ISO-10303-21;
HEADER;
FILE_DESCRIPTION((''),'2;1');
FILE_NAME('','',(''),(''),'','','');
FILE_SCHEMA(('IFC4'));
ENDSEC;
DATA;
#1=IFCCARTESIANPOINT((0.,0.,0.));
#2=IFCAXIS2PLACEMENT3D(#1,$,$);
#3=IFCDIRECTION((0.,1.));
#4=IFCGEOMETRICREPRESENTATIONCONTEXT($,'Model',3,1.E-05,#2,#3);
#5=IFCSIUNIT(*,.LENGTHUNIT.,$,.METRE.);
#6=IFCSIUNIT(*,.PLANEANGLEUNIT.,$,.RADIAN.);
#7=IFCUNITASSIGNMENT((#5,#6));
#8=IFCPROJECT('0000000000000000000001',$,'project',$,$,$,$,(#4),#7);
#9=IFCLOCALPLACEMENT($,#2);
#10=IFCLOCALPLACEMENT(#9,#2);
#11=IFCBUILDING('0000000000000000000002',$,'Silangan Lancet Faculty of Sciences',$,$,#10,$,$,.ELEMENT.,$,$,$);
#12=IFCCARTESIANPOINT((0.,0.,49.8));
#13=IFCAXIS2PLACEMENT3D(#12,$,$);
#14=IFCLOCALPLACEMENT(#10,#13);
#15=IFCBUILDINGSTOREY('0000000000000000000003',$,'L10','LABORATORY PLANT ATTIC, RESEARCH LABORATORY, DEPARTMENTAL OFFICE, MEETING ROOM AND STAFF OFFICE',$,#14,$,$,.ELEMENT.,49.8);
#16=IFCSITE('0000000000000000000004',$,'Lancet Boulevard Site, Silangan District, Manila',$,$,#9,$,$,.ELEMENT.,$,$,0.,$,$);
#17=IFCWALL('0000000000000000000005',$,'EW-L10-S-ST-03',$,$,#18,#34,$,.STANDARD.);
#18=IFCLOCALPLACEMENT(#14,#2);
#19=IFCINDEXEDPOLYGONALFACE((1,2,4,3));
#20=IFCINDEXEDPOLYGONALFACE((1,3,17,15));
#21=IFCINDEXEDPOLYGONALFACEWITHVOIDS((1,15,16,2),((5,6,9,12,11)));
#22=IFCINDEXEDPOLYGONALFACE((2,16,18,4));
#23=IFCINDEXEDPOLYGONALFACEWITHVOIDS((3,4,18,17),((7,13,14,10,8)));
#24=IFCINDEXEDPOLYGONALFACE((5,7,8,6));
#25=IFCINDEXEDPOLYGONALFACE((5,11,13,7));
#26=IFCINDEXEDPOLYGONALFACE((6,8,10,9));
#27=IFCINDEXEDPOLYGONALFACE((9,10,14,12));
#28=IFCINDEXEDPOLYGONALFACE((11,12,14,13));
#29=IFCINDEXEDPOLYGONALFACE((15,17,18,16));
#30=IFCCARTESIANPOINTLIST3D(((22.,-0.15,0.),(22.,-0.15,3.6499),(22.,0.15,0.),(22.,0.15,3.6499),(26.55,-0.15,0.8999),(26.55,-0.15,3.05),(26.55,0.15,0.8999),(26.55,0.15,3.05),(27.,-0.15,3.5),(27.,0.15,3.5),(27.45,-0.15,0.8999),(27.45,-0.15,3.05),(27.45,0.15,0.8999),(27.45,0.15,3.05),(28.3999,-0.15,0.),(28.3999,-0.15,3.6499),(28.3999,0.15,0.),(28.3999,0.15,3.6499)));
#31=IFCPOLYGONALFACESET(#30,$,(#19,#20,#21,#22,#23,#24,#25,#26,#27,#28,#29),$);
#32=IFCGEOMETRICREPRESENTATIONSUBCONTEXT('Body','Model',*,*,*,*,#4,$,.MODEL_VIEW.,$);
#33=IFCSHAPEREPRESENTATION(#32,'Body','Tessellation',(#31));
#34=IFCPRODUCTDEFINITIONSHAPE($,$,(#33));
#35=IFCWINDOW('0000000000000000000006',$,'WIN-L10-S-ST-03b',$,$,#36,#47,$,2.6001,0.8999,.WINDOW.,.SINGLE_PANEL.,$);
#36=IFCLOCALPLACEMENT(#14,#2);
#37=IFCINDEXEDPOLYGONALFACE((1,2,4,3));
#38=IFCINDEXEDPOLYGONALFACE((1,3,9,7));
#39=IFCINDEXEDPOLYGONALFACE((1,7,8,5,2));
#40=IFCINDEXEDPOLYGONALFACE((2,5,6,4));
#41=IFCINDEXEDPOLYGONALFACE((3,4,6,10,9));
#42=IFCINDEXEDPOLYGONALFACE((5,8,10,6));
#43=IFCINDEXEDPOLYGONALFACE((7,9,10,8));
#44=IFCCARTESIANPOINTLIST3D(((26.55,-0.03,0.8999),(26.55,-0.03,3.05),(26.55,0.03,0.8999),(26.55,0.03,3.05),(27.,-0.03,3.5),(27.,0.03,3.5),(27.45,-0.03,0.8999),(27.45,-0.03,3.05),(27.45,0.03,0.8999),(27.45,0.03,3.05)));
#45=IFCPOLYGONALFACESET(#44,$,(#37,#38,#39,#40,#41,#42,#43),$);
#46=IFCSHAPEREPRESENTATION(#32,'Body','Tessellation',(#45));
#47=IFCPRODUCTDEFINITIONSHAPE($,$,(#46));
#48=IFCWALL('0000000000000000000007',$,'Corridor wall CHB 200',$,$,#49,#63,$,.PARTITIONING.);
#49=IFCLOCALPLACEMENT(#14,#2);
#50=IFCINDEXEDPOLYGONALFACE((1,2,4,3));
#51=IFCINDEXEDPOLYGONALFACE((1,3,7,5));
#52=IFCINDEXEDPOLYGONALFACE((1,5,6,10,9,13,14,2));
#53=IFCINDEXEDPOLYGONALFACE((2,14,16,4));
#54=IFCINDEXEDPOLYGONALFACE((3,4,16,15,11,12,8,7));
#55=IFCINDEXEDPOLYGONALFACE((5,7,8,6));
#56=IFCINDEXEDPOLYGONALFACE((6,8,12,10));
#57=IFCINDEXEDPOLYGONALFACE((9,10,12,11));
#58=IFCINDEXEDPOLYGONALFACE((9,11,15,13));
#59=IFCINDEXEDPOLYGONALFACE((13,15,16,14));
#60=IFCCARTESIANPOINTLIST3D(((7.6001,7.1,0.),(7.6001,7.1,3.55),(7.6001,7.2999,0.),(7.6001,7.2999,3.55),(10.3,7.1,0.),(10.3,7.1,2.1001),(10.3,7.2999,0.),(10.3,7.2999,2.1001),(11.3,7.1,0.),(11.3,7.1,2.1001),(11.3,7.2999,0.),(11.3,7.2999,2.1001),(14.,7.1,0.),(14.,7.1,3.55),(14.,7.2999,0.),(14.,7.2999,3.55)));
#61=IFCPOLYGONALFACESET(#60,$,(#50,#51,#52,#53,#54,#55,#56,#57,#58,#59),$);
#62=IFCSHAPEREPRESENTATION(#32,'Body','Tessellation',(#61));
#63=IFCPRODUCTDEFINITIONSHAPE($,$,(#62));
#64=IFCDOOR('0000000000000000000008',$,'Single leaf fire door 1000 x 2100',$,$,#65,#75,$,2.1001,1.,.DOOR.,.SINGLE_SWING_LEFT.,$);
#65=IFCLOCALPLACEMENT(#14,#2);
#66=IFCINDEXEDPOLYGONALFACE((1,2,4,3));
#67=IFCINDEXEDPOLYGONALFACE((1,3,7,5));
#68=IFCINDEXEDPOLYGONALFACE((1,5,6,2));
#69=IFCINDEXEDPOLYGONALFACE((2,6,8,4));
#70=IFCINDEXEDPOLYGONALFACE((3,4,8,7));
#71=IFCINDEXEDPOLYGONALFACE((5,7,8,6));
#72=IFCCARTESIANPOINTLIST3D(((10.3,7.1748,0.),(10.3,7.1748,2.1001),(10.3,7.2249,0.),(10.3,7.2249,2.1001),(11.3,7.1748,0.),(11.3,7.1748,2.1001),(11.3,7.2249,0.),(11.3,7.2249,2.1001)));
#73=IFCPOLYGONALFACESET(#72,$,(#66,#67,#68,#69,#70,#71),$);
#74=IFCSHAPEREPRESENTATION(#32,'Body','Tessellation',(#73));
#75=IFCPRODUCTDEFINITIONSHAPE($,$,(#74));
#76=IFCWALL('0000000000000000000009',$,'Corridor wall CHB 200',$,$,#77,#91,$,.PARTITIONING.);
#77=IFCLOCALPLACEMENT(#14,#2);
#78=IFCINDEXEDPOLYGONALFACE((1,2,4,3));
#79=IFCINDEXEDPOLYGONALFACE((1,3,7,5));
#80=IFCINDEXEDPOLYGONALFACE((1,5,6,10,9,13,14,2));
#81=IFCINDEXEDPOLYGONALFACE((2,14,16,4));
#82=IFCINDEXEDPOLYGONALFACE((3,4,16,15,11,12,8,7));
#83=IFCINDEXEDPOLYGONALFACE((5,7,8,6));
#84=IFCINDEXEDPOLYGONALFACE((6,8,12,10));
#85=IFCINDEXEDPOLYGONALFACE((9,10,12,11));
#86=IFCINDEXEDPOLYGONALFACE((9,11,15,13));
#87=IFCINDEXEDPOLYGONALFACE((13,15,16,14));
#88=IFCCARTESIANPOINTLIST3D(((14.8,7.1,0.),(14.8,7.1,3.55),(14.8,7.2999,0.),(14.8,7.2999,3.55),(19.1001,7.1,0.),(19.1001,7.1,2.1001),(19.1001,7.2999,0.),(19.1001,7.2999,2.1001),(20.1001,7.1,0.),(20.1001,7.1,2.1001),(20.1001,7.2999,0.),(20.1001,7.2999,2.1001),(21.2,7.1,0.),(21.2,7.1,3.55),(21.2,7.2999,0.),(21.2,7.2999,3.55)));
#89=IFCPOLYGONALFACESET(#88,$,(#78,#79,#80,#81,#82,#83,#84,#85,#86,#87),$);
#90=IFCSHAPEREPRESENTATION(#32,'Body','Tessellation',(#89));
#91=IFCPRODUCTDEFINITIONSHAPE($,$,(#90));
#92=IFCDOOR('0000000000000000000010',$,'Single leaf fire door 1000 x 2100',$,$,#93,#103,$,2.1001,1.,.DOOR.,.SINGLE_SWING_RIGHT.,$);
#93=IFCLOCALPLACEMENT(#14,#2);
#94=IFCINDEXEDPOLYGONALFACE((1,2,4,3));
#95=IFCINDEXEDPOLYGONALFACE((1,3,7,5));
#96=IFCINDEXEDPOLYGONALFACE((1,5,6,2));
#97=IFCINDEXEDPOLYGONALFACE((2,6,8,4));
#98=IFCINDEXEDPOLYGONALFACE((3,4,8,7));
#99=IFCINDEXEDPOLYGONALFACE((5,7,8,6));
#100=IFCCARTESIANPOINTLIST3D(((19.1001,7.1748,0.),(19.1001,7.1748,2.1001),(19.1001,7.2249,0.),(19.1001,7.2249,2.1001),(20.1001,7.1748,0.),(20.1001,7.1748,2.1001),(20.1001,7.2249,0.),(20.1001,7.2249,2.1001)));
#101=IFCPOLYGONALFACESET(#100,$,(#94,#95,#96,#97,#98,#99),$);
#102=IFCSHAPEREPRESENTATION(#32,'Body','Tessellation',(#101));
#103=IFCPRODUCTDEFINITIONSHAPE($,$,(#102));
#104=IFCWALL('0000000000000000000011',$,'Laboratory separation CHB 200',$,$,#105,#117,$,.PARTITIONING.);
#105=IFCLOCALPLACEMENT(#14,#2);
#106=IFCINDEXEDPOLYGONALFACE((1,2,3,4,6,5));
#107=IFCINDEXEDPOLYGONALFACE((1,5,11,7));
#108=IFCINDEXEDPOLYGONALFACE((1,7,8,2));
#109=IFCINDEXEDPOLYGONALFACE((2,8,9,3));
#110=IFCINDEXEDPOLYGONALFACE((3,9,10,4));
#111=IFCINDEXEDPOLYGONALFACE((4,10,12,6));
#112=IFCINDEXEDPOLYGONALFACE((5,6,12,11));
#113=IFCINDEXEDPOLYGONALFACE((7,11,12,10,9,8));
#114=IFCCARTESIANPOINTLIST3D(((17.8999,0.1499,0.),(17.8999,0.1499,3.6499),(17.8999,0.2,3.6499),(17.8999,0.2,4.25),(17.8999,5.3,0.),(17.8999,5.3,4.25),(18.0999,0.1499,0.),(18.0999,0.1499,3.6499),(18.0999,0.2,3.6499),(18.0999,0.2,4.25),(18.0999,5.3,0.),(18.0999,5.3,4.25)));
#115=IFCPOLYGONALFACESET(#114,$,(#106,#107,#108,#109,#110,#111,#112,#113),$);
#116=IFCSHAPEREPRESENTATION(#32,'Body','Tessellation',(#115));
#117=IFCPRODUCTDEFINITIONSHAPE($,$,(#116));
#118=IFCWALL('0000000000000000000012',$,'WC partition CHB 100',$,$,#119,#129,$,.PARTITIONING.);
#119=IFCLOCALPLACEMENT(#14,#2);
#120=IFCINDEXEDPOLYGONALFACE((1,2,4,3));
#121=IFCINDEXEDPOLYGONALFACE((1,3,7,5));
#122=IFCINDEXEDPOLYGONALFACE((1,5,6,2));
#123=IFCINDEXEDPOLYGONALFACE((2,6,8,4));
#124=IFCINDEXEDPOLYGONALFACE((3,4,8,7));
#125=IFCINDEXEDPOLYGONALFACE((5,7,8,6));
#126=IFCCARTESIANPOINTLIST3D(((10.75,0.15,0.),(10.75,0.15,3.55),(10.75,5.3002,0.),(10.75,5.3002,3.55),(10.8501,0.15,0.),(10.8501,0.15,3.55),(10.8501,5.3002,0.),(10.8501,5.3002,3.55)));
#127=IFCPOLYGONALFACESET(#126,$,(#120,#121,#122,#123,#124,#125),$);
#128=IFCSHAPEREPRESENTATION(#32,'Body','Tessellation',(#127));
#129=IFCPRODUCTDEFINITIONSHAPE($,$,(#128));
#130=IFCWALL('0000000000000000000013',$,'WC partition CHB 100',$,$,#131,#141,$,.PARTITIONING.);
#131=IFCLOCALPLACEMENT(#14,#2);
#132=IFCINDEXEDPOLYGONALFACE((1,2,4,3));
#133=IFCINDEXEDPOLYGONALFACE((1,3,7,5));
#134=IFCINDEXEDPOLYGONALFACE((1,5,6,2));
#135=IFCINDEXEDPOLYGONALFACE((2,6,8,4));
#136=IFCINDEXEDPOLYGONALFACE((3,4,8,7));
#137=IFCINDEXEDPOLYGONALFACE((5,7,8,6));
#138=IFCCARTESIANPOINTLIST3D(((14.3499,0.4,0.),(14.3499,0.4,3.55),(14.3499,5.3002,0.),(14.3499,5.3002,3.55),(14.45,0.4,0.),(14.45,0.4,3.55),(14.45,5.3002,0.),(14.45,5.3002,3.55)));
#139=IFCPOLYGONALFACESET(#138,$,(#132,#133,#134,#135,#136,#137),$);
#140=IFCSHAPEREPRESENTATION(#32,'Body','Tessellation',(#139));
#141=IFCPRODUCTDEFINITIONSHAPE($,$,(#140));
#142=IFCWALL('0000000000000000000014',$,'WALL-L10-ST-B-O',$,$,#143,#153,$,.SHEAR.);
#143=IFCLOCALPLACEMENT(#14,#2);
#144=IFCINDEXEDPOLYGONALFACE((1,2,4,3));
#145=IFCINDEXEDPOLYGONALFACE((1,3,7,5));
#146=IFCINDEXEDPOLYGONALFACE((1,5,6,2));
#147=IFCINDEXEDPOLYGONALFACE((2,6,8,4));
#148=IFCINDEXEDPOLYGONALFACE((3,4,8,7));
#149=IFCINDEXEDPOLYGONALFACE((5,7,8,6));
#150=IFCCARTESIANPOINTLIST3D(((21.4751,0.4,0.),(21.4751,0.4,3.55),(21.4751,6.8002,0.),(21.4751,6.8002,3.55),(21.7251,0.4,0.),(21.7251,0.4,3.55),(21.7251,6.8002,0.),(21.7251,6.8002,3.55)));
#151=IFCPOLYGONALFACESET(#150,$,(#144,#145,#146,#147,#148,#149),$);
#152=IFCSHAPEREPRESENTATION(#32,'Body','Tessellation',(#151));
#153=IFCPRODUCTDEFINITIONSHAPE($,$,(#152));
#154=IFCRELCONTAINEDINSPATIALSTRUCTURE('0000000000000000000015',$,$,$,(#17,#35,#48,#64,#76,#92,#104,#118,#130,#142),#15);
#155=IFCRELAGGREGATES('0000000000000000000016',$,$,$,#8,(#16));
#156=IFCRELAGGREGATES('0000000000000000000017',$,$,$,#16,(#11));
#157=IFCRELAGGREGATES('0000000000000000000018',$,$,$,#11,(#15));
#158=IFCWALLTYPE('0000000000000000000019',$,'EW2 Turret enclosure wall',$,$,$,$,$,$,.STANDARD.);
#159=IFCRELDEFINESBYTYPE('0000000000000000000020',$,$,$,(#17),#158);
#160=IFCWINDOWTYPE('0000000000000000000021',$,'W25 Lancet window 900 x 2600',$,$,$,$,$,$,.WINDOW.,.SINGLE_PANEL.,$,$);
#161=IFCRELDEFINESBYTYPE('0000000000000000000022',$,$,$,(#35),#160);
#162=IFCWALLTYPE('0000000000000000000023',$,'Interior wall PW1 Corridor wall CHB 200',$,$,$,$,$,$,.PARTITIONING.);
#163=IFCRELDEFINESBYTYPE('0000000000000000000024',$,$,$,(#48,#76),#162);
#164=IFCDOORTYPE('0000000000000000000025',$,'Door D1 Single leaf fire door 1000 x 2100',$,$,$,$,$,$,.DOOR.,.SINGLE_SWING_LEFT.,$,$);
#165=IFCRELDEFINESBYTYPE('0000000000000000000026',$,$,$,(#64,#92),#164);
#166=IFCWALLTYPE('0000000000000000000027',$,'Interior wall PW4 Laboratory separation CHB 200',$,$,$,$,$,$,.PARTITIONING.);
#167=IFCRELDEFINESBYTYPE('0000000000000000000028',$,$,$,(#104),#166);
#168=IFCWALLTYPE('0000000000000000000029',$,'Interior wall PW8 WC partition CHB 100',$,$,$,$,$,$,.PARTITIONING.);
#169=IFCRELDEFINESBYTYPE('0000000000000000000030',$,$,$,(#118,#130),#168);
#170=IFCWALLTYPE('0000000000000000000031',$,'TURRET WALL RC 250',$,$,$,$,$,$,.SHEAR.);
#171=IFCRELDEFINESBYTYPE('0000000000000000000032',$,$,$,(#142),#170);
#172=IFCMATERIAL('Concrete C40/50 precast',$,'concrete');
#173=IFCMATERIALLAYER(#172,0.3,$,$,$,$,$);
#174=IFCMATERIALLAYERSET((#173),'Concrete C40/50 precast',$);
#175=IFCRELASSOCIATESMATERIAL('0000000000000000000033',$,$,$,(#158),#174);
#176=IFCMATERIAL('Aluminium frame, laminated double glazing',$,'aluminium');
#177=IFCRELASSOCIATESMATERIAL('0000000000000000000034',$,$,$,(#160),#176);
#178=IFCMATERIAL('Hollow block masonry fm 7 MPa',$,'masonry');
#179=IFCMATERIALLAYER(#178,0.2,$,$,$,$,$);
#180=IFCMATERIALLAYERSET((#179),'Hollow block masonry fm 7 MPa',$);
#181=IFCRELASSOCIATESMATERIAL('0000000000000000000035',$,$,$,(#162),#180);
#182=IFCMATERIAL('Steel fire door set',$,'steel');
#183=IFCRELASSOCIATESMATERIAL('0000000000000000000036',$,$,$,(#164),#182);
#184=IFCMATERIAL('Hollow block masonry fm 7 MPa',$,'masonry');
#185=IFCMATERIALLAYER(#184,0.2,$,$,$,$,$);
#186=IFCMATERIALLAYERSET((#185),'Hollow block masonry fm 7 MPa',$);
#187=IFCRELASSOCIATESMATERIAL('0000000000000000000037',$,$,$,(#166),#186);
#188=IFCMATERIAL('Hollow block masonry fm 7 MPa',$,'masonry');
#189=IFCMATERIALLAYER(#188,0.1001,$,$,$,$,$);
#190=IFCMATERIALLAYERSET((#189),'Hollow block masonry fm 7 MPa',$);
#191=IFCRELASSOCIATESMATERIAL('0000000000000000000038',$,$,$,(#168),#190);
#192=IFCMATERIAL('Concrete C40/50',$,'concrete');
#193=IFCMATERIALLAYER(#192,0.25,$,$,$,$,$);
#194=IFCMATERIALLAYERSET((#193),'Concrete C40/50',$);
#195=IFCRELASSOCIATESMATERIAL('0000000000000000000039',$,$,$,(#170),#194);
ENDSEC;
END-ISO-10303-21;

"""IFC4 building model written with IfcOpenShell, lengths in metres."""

from ifc_helpers import new_model, si_unit, direction, frame, frame_2d, origin, place, context, subcontext, project, spatial, polyline, rectangle, outline, extrude, material, layer, layer_set, type_object, element, fill, save


model = new_model("IFC4")

# Units and contexts
model_context = context("Model", 3, precision=1e-05, world=origin(), true_north=direction((0.0, 1.0)))
body_context = subcontext(model_context, "Body", "Model", "MODEL_VIEW")
ifc_project = project(units=[si_unit("LENGTHUNIT", "METRE"), si_unit("PLANEANGLEUNIT", "RADIAN")], contexts=[model_context])

# Site, building, storey
site_placement = place(None, origin())
site = spatial("IfcSite", under=ifc_project, at=site_placement, Name="Lancet Boulevard Site, Silangan District, Manila", CompositionType="ELEMENT", RefElevation=0.0)
building_placement = place(site_placement, origin())
building = spatial("IfcBuilding", under=site, at=building_placement, Name="Silangan Lancet Faculty of Sciences", CompositionType="ELEMENT")
storey_placement = place(building_placement, frame((0.0, 0.0, 49.8)))
storey = spatial("IfcBuildingStorey", under=building, at=storey_placement, Name="L10", Description="LABORATORY PLANT ATTIC, RESEARCH LABORATORY, DEPARTMENTAL OFFICE, MEETING ROOM AND STAFF OFFICE", CompositionType="ELEMENT", Elevation=49.8)

# Wall, opening, window
ifc_material_1 = material(Name="Concrete C40/50 precast", Category="concrete")
ifc_layer_1 = layer(ifc_material_1, 0.3)
ifc_layer_set_1 = layer_set([ifc_layer_1], Name="Concrete C40/50 precast")
wall_type_1 = type_object("IfcWallType", Name="EW2 Turret enclosure wall", PredefinedType="STANDARD", material=ifc_layer_set_1)
wall_1_placement = place(storey_placement, frame((22.0, 0.0, 0.0), z_axis=(0.0, 0.0, 1.0), x_axis=(1.0, 0.0, 0.0)))
wall_1 = element("IfcWall", 1, at=wall_1_placement, inside=storey, type_object=wall_type_1, Name="EW-L10-S-ST-03", PredefinedType="STANDARD", context=body_context, shape_type="SweptSolid", body=[
    extrude(rectangle(XDim=6.3999, YDim=0.3, at=frame_2d((3.2, 0.0))), origin(), (0.0, 0.0, 1.0), 3.6499),
])
opening_1_placement = place(wall_1_placement, frame((4.55, 0.0, 0.8999)))
opening_1 = element("IfcOpeningElement", 2, at=opening_1_placement, cuts=wall_1, PredefinedType="OPENING", context=body_context, shape_type="SweptSolid", body=[
    extrude(outline(polyline([(0.0, 0.0), (0.8999, 0.0), (0.8999, 2.1501), (0.45, 2.6001), (0.0, 2.1501), (0.0, 0.0)])), frame((0.0, 0.1599, 0.0), z_axis=(0.0, -1.0, 0.0), x_axis=(1.0, 0.0, 0.0)), (0.0, 0.0, 1.0), 0.3201),
])
ifc_material_2 = material(Name="Aluminium frame, laminated double glazing", Category="aluminium")
window_type_1 = type_object("IfcWindowType", Name="W25 Lancet window 900 x 2600", PartitioningType="SINGLE_PANEL", PredefinedType="WINDOW", material=ifc_material_2)
window_1_placement = place(opening_1_placement, origin())
window_1 = element("IfcWindow", 3, at=window_1_placement, inside=storey, type_object=window_type_1, Name="WIN-L10-S-ST-03b", OverallHeight=2.6001, OverallWidth=0.8999, PartitioningType="SINGLE_PANEL", PredefinedType="WINDOW", context=body_context, shape_type="SweptSolid", body=[
    extrude(outline(polyline([(0.0, 0.0), (0.8999, 0.0), (0.8999, 2.1501), (0.45, 2.6001), (0.0, 2.1501), (0.0, 0.0)])), frame((0.0, 0.03, 0.0), z_axis=(0.0, -1.0, 0.0), x_axis=(1.0, 0.0, 0.0)), (0.0, 0.0, 1.0), 0.0601),
])
fill(opening_1, window_1)

# Walls, openings, doors
ifc_material_3 = material(Name="Hollow block masonry fm 7 MPa", Category="masonry")
ifc_layer_2 = layer(ifc_material_3, 0.2)
ifc_layer_set_2 = layer_set([ifc_layer_2], Name="Hollow block masonry fm 7 MPa")
wall_type_2 = type_object("IfcWallType", Name="Interior wall PW1 Corridor wall CHB 200", PredefinedType="PARTITIONING", material=ifc_layer_set_2)
wall_2_placement = place(storey_placement, frame((7.6001, 7.2, 0.0), z_axis=(0.0, 0.0, 1.0), x_axis=(1.0, 0.0, 0.0)))
wall_2 = element("IfcWall", 4, at=wall_2_placement, inside=storey, type_object=wall_type_2, Name="Corridor wall CHB 200", PredefinedType="PARTITIONING", context=body_context, shape_type="SweptSolid", body=[
    extrude(rectangle(XDim=6.3999, YDim=0.2, at=frame_2d((3.2, 0.0))), origin(), (0.0, 0.0, 1.0), 3.55),
])
opening_2_placement = place(wall_2_placement, frame((2.7, 0.0, 0.0)))
opening_2 = element("IfcOpeningElement", 5, at=opening_2_placement, cuts=wall_2, PredefinedType="OPENING", context=body_context, shape_type="SweptSolid", body=[
    extrude(rectangle(XDim=1.0, YDim=2.1001, at=frame_2d((0.5, 1.05))), frame((0.0, 0.1099, 0.0), z_axis=(0.0, -1.0, 0.0), x_axis=(1.0, 0.0, 0.0)), (0.0, 0.0, 1.0), 0.22),
])
ifc_material_4 = material(Name="Steel fire door set", Category="steel")
door_type_1 = type_object("IfcDoorType", Name="Door D1 Single leaf fire door 1000 x 2100", OperationType="SINGLE_SWING_LEFT", PredefinedType="DOOR", material=ifc_material_4)
door_1_placement = place(opening_2_placement, frame((1.0, 0.0, 0.0), z_axis=(0.0, 0.0, 1.0), x_axis=(-1.0, 0.0, 0.0)))
door_1 = element("IfcDoor", 6, at=door_1_placement, inside=storey, type_object=door_type_1, Name="Single leaf fire door 1000 x 2100", OperationType="SINGLE_SWING_LEFT", OverallHeight=2.1001, OverallWidth=1.0, PredefinedType="DOOR", context=body_context, shape_type="SweptSolid", body=[
    extrude(rectangle(XDim=1.0, YDim=2.1001, at=frame_2d((0.5, 1.05))), frame((0.0, 0.0251, 0.0), z_axis=(0.0, -1.0, 0.0), x_axis=(1.0, 0.0, 0.0)), (0.0, 0.0, 1.0), 0.05),
])
fill(opening_2, door_1)
wall_3_placement = place(storey_placement, frame((14.8, 7.2, 0.0), z_axis=(0.0, 0.0, 1.0), x_axis=(1.0, 0.0, 0.0)))
wall_3 = element("IfcWall", 7, at=wall_3_placement, inside=storey, type_object=wall_type_2, Name="Corridor wall CHB 200", PredefinedType="PARTITIONING", context=body_context, shape_type="SweptSolid", body=[
    extrude(rectangle(XDim=6.3999, YDim=0.2, at=frame_2d((3.2, 0.0))), origin(), (0.0, 0.0, 1.0), 3.55),
])
opening_3_placement = place(wall_3_placement, frame((4.3, 0.0, 0.0)))
opening_3 = element("IfcOpeningElement", 8, at=opening_3_placement, cuts=wall_3, PredefinedType="OPENING", context=body_context, shape_type="SweptSolid", body=[
    extrude(rectangle(XDim=1.0, YDim=2.1001, at=frame_2d((0.5, 1.05))), frame((0.0, 0.1099, 0.0), z_axis=(0.0, -1.0, 0.0), x_axis=(1.0, 0.0, 0.0)), (0.0, 0.0, 1.0), 0.22),
])
door_2_placement = place(opening_3_placement, frame((1.0, 0.0, 0.0), z_axis=(0.0, 0.0, 1.0), x_axis=(-1.0, 0.0, 0.0)))
door_2 = element("IfcDoor", 9, at=door_2_placement, inside=storey, type_object=door_type_1, Name="Single leaf fire door 1000 x 2100", OperationType="SINGLE_SWING_RIGHT", OverallHeight=2.1001, OverallWidth=1.0, PredefinedType="DOOR", context=body_context, shape_type="SweptSolid", body=[
    extrude(rectangle(XDim=1.0, YDim=2.1001, at=frame_2d((0.5, 1.05))), frame((0.0, 0.0251, 0.0), z_axis=(0.0, -1.0, 0.0), x_axis=(1.0, 0.0, 0.0)), (0.0, 0.0, 1.0), 0.05),
])
fill(opening_3, door_2)

# Walls
ifc_material_5 = material(Name="Hollow block masonry fm 7 MPa", Category="masonry")
ifc_layer_3 = layer(ifc_material_5, 0.2)
ifc_layer_set_3 = layer_set([ifc_layer_3], Name="Hollow block masonry fm 7 MPa")
wall_type_3 = type_object("IfcWallType", Name="Interior wall PW4 Laboratory separation CHB 200", PredefinedType="PARTITIONING", material=ifc_layer_set_3)
wall_4_placement = place(storey_placement, frame((18.0, 0.1499, 0.0), z_axis=(0.0, 0.0, 1.0), x_axis=(0.0, 1.0, 0.0)))
element("IfcWall", 10, at=wall_4_placement, inside=storey, type_object=wall_type_3, Name="Laboratory separation CHB 200", PredefinedType="PARTITIONING", context=body_context, shape_type="SweptSolid", body=[
    extrude(outline(polyline([(0.0, 0.0), (5.1501, 0.0), (5.1501, 4.25), (0.05, 4.25), (0.05, 3.6499), (0.0, 3.6499), (0.0, 0.0)])), frame((0.0, 0.1001, 0.0), z_axis=(0.0, -1.0, 0.0), x_axis=(1.0, 0.0, 0.0)), (0.0, 0.0, 1.0), 0.2),
])
ifc_material_6 = material(Name="Hollow block masonry fm 7 MPa", Category="masonry")
ifc_layer_4 = layer(ifc_material_6, 0.1001)
ifc_layer_set_4 = layer_set([ifc_layer_4], Name="Hollow block masonry fm 7 MPa")
wall_type_4 = type_object("IfcWallType", Name="Interior wall PW8 WC partition CHB 100", PredefinedType="PARTITIONING", material=ifc_layer_set_4)
wall_5_placement = place(storey_placement, frame((10.8, 0.1499, 0.0), z_axis=(0.0, 0.0, 1.0), x_axis=(0.0, 1.0, 0.0)))
element("IfcWall", 11, at=wall_5_placement, inside=storey, type_object=wall_type_4, Name="WC partition CHB 100", PredefinedType="PARTITIONING", context=body_context, shape_type="SweptSolid", body=[
    extrude(rectangle(XDim=5.1501, YDim=0.1001, at=frame_2d((2.5752, 0.0))), origin(), (0.0, 0.0, 1.0), 3.55),
])
wall_6_placement = place(storey_placement, frame((14.3999, 0.3999, 0.0), z_axis=(0.0, 0.0, 1.0), x_axis=(0.0, 1.0, 0.0)))
element("IfcWall", 12, at=wall_6_placement, inside=storey, type_object=wall_type_4, Name="WC partition CHB 100", PredefinedType="PARTITIONING", context=body_context, shape_type="SweptSolid", body=[
    extrude(rectangle(XDim=4.9001, YDim=0.1001, at=frame_2d((2.4502, 0.0))), origin(), (0.0, 0.0, 1.0), 3.55),
])
ifc_material_7 = material(Name="Concrete C40/50", Category="concrete")
ifc_layer_5 = layer(ifc_material_7, 0.25)
ifc_layer_set_5 = layer_set([ifc_layer_5], Name="Concrete C40/50")
wall_type_5 = type_object("IfcWallType", Name="TURRET WALL RC 250", PredefinedType="SHEAR", material=ifc_layer_set_5)
wall_7_placement = place(storey_placement, frame((21.6001, 0.3999, 0.0), z_axis=(0.0, 0.0, 1.0), x_axis=(0.0, 1.0, 0.0)))
element("IfcWall", 13, at=wall_7_placement, inside=storey, type_object=wall_type_5, Name="WALL-L10-ST-B-O", PredefinedType="SHEAR", context=body_context, shape_type="SweptSolid", body=[
    extrude(rectangle(XDim=6.4001, YDim=0.25, at=frame_2d((3.2002, 0.0))), origin(), (0.0, 0.0, 1.0), 3.55),
])

save(model, "model.ifc")
